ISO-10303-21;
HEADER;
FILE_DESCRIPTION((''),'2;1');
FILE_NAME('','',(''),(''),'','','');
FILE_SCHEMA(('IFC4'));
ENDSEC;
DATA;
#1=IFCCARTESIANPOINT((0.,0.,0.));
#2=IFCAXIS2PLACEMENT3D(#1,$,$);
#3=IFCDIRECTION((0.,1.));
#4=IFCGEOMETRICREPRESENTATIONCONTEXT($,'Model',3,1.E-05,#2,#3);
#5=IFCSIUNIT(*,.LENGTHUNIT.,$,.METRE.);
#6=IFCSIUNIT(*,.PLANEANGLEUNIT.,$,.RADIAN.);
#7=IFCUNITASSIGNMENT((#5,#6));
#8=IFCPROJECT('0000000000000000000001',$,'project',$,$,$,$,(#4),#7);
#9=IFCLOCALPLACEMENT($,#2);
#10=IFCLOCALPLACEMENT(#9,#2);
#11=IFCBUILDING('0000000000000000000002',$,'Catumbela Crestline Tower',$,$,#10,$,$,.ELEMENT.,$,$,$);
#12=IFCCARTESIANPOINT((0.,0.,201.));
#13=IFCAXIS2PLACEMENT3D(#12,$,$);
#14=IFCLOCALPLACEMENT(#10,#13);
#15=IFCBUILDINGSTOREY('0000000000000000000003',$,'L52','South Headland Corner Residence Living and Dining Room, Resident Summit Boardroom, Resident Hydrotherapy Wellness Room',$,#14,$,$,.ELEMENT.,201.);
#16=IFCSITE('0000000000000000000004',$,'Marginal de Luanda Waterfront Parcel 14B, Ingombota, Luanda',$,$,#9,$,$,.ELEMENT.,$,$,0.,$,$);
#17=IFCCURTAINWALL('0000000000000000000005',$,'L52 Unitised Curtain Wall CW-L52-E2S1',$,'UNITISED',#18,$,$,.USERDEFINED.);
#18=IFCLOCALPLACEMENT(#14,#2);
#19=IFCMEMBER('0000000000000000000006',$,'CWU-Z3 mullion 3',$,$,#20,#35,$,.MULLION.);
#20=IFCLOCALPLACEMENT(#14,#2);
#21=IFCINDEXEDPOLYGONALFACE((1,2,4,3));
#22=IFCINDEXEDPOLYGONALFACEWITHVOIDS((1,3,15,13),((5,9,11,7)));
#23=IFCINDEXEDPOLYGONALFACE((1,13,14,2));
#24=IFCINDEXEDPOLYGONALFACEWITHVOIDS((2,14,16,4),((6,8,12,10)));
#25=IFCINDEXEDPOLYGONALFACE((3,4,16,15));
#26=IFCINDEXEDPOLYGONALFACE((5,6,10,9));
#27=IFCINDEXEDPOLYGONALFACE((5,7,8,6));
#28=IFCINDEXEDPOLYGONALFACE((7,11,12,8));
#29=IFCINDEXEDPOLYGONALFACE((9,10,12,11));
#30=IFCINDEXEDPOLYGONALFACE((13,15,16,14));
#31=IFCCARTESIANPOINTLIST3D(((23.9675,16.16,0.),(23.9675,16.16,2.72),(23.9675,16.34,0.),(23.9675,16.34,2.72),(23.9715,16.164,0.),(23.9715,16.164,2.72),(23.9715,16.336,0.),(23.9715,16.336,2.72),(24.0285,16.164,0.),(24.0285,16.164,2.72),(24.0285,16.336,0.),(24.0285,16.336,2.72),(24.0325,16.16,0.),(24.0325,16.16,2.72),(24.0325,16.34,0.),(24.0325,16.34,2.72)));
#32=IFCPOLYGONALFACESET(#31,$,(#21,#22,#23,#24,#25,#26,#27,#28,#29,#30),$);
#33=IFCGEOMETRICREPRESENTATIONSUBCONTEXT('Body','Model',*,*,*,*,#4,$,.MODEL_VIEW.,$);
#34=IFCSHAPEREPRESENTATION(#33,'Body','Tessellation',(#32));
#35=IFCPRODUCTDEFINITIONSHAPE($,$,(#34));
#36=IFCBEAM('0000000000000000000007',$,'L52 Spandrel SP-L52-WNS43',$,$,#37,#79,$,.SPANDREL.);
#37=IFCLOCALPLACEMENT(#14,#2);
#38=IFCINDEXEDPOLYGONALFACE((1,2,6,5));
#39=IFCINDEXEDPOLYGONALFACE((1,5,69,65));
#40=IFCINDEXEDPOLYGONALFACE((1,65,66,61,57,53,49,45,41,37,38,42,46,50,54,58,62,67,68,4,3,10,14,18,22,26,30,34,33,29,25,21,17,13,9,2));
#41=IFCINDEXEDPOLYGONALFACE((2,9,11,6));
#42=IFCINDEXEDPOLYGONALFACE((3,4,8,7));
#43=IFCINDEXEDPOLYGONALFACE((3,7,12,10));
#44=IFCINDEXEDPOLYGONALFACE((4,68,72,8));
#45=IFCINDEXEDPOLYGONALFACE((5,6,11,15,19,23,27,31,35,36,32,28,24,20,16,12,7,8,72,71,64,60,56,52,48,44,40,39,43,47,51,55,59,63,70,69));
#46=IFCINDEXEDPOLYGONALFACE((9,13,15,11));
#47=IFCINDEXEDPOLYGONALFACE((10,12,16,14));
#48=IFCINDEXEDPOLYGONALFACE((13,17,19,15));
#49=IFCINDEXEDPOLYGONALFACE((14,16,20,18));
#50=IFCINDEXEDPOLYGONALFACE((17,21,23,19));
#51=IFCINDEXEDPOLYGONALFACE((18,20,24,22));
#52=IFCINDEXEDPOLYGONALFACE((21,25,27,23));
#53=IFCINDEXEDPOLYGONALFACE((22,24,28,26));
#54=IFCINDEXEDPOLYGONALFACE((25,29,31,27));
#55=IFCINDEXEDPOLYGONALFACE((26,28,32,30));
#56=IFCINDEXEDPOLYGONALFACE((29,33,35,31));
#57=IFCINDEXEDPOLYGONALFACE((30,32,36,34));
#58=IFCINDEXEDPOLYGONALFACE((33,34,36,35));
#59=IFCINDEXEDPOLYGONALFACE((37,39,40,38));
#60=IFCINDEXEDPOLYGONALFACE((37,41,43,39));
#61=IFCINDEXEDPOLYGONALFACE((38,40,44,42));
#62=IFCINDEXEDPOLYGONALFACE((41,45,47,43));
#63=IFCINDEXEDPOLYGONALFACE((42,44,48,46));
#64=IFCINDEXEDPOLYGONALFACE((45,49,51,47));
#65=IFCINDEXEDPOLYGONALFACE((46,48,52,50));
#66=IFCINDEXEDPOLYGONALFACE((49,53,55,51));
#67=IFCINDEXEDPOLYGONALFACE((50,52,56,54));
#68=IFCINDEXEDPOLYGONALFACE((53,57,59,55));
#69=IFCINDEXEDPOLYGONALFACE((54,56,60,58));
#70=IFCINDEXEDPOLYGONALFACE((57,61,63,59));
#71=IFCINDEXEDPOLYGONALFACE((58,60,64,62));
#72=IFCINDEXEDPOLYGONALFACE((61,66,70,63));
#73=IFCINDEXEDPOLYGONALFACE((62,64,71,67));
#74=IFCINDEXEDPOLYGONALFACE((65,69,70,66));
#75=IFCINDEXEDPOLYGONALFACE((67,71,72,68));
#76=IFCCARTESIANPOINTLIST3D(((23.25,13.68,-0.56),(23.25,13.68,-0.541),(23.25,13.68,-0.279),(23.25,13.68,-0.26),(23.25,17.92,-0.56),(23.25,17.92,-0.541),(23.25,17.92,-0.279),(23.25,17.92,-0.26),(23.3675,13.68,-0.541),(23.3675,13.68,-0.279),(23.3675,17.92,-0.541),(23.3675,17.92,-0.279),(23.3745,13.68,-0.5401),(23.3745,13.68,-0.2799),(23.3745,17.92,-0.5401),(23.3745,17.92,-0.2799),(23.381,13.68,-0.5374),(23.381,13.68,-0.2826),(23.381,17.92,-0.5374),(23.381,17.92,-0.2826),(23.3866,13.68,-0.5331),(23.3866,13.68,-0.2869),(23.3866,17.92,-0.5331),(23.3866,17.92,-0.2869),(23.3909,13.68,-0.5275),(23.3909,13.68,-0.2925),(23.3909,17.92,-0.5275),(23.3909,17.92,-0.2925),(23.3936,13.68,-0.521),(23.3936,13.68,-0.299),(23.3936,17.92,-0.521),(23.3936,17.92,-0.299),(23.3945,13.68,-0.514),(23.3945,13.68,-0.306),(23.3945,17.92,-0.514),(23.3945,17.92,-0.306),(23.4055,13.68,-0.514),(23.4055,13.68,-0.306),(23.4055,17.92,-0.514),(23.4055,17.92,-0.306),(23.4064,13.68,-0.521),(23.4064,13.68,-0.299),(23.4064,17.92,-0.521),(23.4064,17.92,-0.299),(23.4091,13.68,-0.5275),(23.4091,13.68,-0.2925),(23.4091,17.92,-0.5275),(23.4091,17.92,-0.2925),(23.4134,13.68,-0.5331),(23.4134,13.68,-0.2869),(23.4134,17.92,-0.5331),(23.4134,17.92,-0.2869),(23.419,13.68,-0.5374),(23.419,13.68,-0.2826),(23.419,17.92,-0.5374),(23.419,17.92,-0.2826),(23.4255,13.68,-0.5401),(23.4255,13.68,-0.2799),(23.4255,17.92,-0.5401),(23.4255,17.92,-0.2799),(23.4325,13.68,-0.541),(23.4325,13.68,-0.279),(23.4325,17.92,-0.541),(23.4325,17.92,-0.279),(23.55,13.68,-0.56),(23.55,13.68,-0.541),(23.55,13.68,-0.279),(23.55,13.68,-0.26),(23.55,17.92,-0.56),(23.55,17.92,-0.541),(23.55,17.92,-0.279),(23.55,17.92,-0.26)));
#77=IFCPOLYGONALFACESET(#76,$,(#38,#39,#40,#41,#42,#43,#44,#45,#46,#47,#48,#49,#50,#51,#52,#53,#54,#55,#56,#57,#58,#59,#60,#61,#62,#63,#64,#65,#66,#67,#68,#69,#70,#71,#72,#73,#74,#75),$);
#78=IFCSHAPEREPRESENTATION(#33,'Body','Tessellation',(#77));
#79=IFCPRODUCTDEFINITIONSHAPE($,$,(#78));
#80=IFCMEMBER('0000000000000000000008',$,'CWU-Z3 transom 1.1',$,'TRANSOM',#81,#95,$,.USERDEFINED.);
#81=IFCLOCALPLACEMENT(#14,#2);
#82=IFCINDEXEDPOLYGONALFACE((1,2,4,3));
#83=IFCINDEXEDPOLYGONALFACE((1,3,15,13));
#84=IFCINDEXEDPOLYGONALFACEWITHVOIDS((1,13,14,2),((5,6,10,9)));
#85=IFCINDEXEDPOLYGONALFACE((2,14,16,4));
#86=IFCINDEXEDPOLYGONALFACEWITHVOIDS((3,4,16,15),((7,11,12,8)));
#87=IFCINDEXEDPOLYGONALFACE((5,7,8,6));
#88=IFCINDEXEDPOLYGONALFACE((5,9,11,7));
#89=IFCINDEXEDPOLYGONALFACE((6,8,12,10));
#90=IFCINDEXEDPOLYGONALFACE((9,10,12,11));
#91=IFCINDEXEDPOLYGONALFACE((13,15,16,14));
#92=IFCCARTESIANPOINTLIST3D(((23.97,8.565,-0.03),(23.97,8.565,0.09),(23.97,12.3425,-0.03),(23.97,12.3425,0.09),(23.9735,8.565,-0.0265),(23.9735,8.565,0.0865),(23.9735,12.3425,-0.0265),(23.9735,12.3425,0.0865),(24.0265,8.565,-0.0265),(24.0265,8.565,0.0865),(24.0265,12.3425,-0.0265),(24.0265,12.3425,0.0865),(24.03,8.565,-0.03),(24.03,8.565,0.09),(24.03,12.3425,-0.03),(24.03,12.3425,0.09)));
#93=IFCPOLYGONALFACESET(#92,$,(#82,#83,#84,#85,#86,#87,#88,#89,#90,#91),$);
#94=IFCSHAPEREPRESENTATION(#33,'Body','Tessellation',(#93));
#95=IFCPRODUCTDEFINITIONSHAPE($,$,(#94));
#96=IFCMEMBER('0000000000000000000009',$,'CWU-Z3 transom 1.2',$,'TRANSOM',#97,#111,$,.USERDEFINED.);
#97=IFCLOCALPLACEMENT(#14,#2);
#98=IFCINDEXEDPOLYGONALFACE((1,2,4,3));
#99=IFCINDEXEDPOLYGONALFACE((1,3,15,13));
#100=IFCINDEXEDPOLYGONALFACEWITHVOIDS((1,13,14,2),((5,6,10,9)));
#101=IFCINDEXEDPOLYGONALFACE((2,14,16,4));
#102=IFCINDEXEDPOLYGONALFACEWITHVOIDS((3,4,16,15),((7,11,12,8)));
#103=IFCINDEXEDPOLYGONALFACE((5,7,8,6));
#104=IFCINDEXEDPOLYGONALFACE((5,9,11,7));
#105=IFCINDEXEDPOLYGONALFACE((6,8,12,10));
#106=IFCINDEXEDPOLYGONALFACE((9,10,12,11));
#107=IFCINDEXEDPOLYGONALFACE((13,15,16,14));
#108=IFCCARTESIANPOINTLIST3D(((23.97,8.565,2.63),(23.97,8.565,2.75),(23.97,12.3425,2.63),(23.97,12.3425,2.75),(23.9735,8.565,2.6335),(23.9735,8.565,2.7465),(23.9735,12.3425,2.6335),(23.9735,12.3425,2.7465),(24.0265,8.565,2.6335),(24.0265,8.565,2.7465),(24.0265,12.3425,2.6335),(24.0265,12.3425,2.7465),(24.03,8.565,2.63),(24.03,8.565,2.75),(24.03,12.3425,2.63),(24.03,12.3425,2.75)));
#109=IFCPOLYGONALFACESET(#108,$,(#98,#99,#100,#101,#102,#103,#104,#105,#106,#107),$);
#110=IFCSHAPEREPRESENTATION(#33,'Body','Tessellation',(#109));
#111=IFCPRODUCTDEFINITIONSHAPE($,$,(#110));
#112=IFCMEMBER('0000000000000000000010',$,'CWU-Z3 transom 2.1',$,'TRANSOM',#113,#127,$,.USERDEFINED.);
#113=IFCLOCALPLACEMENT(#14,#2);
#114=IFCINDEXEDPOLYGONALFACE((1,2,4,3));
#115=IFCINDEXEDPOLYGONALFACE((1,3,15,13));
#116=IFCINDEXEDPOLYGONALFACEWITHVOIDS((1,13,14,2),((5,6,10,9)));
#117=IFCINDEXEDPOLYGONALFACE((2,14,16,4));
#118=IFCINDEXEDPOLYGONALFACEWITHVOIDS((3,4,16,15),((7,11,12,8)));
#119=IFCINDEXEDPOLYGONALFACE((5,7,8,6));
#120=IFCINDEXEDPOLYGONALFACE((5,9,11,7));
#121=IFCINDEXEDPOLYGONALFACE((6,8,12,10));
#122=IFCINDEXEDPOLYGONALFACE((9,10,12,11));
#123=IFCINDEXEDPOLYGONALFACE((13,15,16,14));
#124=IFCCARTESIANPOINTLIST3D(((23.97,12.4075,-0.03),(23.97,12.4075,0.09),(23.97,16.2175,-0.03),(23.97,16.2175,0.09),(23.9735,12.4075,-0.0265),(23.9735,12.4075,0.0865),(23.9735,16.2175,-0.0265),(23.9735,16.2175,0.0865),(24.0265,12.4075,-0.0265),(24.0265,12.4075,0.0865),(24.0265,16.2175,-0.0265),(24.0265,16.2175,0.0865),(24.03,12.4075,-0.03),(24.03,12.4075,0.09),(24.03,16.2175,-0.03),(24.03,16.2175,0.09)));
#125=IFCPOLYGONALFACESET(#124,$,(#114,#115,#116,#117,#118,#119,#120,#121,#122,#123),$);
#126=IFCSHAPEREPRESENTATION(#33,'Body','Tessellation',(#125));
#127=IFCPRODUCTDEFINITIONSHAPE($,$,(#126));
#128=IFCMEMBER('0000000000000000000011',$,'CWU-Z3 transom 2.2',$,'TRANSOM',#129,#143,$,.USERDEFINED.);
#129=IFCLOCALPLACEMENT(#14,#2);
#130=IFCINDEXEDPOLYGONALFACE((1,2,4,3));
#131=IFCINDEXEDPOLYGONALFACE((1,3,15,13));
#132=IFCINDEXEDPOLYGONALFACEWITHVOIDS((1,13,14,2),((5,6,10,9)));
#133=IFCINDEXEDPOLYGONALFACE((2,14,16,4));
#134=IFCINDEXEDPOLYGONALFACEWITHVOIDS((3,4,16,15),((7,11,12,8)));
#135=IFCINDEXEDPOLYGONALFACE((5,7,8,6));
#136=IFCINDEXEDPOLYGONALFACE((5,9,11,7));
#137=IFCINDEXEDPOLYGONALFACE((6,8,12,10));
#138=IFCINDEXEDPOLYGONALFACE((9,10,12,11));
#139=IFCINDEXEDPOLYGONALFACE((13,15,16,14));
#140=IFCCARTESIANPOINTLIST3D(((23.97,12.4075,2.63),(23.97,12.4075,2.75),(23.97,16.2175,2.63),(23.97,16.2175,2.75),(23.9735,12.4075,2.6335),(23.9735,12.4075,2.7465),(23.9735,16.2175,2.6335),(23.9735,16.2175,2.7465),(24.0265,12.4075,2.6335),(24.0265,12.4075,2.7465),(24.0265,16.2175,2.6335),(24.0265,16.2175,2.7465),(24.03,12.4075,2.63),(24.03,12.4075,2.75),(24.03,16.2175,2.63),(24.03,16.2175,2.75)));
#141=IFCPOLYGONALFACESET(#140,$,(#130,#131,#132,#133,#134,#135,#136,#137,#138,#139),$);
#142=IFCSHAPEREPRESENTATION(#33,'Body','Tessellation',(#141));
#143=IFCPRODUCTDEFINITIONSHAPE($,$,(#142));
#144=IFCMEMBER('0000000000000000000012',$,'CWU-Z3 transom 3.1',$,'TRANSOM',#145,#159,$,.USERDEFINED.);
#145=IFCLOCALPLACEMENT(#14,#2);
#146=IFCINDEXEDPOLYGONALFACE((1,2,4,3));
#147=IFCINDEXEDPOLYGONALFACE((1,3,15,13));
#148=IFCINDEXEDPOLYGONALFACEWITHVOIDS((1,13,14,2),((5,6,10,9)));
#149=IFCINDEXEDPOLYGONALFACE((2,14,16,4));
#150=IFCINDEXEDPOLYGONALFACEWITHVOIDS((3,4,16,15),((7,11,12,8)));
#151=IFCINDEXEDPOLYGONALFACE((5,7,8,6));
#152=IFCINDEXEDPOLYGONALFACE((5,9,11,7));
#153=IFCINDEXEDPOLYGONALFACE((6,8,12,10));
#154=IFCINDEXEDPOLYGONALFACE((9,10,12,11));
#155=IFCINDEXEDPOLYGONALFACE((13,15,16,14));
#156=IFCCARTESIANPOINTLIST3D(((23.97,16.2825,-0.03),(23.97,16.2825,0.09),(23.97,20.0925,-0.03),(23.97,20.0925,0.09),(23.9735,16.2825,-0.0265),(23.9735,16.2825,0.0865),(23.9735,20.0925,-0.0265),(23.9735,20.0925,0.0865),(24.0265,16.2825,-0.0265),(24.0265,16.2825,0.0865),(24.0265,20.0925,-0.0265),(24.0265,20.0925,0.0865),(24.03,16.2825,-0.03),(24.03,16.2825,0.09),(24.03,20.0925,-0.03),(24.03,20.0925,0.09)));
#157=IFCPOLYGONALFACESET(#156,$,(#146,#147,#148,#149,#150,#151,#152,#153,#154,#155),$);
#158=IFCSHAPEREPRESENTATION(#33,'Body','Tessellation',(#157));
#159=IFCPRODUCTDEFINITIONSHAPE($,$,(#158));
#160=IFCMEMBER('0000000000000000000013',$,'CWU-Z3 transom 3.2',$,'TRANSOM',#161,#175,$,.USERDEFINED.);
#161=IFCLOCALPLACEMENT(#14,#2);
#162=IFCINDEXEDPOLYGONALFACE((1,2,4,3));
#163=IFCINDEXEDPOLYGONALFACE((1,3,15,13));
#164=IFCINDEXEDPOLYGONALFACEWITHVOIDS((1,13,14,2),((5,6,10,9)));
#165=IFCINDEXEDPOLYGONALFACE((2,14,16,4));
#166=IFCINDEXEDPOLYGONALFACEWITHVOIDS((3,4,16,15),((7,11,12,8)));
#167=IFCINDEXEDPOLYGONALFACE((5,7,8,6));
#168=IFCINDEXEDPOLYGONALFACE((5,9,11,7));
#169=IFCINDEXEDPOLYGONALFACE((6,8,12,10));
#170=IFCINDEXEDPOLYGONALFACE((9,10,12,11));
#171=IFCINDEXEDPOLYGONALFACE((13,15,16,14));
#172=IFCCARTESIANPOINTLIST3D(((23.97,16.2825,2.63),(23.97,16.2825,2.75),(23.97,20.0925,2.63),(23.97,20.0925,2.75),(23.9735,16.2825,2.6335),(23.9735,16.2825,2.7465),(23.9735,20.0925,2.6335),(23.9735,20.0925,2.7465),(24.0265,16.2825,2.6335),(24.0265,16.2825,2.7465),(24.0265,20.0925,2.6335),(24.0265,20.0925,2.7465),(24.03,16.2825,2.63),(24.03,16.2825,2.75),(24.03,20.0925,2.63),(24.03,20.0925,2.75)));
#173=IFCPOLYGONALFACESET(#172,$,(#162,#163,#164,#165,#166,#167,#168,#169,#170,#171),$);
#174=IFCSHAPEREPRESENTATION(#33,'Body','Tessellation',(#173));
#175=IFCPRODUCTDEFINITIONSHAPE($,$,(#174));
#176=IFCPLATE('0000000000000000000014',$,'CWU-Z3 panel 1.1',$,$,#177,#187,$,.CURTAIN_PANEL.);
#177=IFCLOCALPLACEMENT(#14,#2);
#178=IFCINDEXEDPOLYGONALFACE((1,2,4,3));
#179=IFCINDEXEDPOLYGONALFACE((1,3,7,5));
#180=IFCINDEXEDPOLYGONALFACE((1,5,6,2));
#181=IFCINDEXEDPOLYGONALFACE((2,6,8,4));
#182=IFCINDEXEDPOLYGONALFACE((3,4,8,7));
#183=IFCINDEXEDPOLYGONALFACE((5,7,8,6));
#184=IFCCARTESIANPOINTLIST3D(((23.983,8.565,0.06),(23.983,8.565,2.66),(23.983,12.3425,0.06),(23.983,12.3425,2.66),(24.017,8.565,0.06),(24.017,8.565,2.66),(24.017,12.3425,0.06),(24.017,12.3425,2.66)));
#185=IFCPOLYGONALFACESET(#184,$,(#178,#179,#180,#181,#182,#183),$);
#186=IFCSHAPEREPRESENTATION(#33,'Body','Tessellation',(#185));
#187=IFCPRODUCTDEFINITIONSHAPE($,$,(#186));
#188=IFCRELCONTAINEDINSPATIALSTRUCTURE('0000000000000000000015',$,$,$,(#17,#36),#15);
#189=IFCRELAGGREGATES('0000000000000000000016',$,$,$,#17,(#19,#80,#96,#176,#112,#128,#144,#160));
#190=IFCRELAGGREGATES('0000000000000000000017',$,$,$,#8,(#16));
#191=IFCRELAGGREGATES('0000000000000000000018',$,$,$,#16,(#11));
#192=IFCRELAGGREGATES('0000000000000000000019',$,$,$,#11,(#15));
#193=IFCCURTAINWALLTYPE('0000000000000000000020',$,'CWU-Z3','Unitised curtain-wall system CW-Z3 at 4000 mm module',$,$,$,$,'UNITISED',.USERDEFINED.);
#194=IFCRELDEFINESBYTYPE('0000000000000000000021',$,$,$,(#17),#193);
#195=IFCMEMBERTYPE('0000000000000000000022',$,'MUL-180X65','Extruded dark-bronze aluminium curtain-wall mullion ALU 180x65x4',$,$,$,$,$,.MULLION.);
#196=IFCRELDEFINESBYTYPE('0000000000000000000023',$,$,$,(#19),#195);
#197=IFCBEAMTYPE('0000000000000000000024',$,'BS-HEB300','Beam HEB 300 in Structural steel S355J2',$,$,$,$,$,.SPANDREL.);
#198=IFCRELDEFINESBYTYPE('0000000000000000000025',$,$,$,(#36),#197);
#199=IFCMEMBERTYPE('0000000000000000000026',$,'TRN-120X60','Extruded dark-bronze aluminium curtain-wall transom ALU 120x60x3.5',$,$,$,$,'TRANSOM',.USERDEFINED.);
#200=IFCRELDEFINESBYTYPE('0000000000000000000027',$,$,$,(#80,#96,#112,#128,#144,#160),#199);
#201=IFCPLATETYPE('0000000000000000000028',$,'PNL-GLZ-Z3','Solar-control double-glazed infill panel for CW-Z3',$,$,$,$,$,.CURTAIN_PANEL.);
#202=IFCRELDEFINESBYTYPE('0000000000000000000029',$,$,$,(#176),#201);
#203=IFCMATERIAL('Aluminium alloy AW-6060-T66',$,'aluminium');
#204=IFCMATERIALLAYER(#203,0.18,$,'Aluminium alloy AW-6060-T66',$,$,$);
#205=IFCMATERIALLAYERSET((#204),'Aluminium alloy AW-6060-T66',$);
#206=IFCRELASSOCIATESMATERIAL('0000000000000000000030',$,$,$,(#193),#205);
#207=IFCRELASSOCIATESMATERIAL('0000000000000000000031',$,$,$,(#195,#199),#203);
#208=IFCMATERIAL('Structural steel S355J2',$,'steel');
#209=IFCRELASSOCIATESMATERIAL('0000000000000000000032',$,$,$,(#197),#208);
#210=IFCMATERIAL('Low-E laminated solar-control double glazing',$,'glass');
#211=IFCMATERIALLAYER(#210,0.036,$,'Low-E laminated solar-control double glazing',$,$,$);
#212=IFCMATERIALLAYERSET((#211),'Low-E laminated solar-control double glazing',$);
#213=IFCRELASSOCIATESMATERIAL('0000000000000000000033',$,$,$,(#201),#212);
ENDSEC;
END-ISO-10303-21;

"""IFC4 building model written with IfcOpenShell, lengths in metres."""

from ifc_helpers import new_model, si_unit, direction, frame, origin, origin_2d, place, context, subcontext, project, spatial, rectangle, hollow_rectangle, i_section, extrude, material, layer, layer_set, material_profile, profile_set, type_object, element, aggregate, save


model = new_model("IFC4")

# Units and contexts
model_context = context("Model", 3, precision=1e-05, world=origin(), true_north=direction((0.0, 1.0)))
body_context = subcontext(model_context, "Body", "Model", "MODEL_VIEW")
ifc_project = project(units=[si_unit("LENGTHUNIT", "METRE"), si_unit("PLANEANGLEUNIT", "RADIAN")], contexts=[model_context])

# Site, building, storey
site_placement = place(None, origin())
site = spatial("IfcSite", under=ifc_project, at=site_placement, Name="Marginal de Luanda Waterfront Parcel 14B, Ingombota, Luanda", CompositionType="ELEMENT", RefElevation=0.0)
building_placement = place(site_placement, origin())
building = spatial("IfcBuilding", under=site, at=building_placement, Name="Catumbela Crestline Tower", CompositionType="ELEMENT")
storey_placement = place(building_placement, frame((0.0, 0.0, 201.0)))
storey = spatial("IfcBuildingStorey", under=building, at=storey_placement, Name="L52", Description="South Headland Corner Residence Living and Dining Room, Resident Summit Boardroom, Resident Hydrotherapy Wellness Room", CompositionType="ELEMENT", Elevation=201.0)

# Shared definitions
ifc_material_1 = material(Name="Structural steel S355J2", Category="steel")

# Shared definitions
ifc_material_2 = material(Name="Aluminium alloy AW-6060-T66", Category="aluminium")
ifc_layer_1 = layer(ifc_material_2, 0.18, Name="Aluminium alloy AW-6060-T66")
ifc_layer_set_1 = layer_set([ifc_layer_1], Name="Aluminium alloy AW-6060-T66")
curtain_wall_type = type_object("IfcCurtainWallType", Name="CWU-Z3", Description="Unitised curtain-wall system CW-Z3 at 4000 mm module", ElementType="UNITISED", PredefinedType="USERDEFINED", material=ifc_layer_set_1)
ifc_material_profile_1 = material_profile(ifc_material_2, hollow_rectangle(XDim=0.065, YDim=0.18, WallThickness=0.004, at=origin_2d()), Name="ALU 180x65x4")
ifc_profile_set_1 = profile_set([ifc_material_profile_1], Name="Aluminium alloy AW-6060-T66")
member_type_1 = type_object("IfcMemberType", Name="MUL-180X65", Description="Extruded dark-bronze aluminium curtain-wall mullion ALU 180x65x4", PredefinedType="MULLION", material=ifc_profile_set_1)

# Curtain wall, member
curtain_wall_1_placement = place(storey_placement, origin())
curtain_wall_1 = element("IfcCurtainWall", 1, at=curtain_wall_1_placement, inside=storey, type_object=curtain_wall_type, Name="L52 Unitised Curtain Wall CW-L52-E2S1", ObjectType="UNITISED", PredefinedType="USERDEFINED")
member_1_placement = place(storey_placement, frame((24.0, 16.25, 0.0), z_axis=(0.0, 0.0, 1.0), x_axis=(-1.0, 0.0, 0.0)))
member_1 = element("IfcMember", 2, at=member_1_placement, type_object=member_type_1, Name="CWU-Z3 mullion 3", PredefinedType="MULLION", context=body_context, shape_type="SweptSolid", body=[
    extrude(hollow_rectangle(XDim=0.065, YDim=0.18, WallThickness=0.004, at=origin_2d()), origin(), (0.0, 0.0, 1.0), 2.72),
])

# Beam
ifc_material_profile_2 = material_profile(ifc_material_1, i_section(OverallWidth=0.3, OverallDepth=0.3, WebThickness=0.011, FlangeThickness=0.019, FilletRadius=0.027, at=origin_2d()), Name="HEB 300")
ifc_profile_set_2 = profile_set([ifc_material_profile_2], Name="Structural steel S355J2")
beam_type_1 = type_object("IfcBeamType", Name="BS-HEB300", Description="Beam HEB 300 in Structural steel S355J2", PredefinedType="SPANDREL", material=ifc_profile_set_2)
beam_1_placement = place(storey_placement, frame((23.4, 13.68, -0.41), z_axis=(0.0, 1.0, 0.0), x_axis=(-1.0, 0.0, 0.0)))
element("IfcBeam", 3, at=beam_1_placement, inside=storey, type_object=beam_type_1, Name="L52 Spandrel SP-L52-WNS43", PredefinedType="SPANDREL", context=body_context, shape_type="SweptSolid", body=[
    extrude(i_section(OverallWidth=0.3, OverallDepth=0.3, WebThickness=0.011, FlangeThickness=0.019, FilletRadius=0.027, at=origin_2d()), origin(), (0.0, 0.0, 1.0), 4.24),
])

# Members
ifc_material_profile_3 = material_profile(ifc_material_2, hollow_rectangle(XDim=0.06, YDim=0.12, WallThickness=0.0035, at=origin_2d()), Name="ALU 120x60x3.5")
ifc_profile_set_3 = profile_set([ifc_material_profile_3], Name="Aluminium alloy AW-6060-T66")
member_type_2 = type_object("IfcMemberType", Name="TRN-120X60", Description="Extruded dark-bronze aluminium curtain-wall transom ALU 120x60x3.5", ElementType="TRANSOM", PredefinedType="USERDEFINED", material=ifc_profile_set_3)
member_2_placement = place(storey_placement, frame((24.0, 8.565, 0.03), z_axis=(0.0, 1.0, 0.0), x_axis=(-1.0, 0.0, 0.0)))
member_2 = element("IfcMember", 4, at=member_2_placement, type_object=member_type_2, Name="CWU-Z3 transom 1.1", ObjectType="TRANSOM", PredefinedType="USERDEFINED", context=body_context, shape_type="SweptSolid", body=[
    extrude(hollow_rectangle(XDim=0.06, YDim=0.12, WallThickness=0.0035, at=origin_2d()), origin(), (0.0, 0.0, 1.0), 3.7775),
])
member_3_placement = place(storey_placement, frame((24.0, 8.565, 2.69), z_axis=(0.0, 1.0, 0.0), x_axis=(-1.0, 0.0, 0.0)))
member_3 = element("IfcMember", 5, at=member_3_placement, type_object=member_type_2, Name="CWU-Z3 transom 1.2", ObjectType="TRANSOM", PredefinedType="USERDEFINED", context=body_context, shape_type="SweptSolid", body=[
    extrude(hollow_rectangle(XDim=0.06, YDim=0.12, WallThickness=0.0035, at=origin_2d()), origin(), (0.0, 0.0, 1.0), 3.7775),
])
member_4_placement = place(storey_placement, frame((24.0, 12.4075, 0.03), z_axis=(0.0, 1.0, 0.0), x_axis=(-1.0, 0.0, 0.0)))
member_4 = element("IfcMember", 6, at=member_4_placement, type_object=member_type_2, Name="CWU-Z3 transom 2.1", ObjectType="TRANSOM", PredefinedType="USERDEFINED", context=body_context, shape_type="SweptSolid", body=[
    extrude(hollow_rectangle(XDim=0.06, YDim=0.12, WallThickness=0.0035, at=origin_2d()), origin(), (0.0, 0.0, 1.0), 3.81),
])
member_5_placement = place(storey_placement, frame((24.0, 12.4075, 2.69), z_axis=(0.0, 1.0, 0.0), x_axis=(-1.0, 0.0, 0.0)))
member_5 = element("IfcMember", 7, at=member_5_placement, type_object=member_type_2, Name="CWU-Z3 transom 2.2", ObjectType="TRANSOM", PredefinedType="USERDEFINED", context=body_context, shape_type="SweptSolid", body=[
    extrude(hollow_rectangle(XDim=0.06, YDim=0.12, WallThickness=0.0035, at=origin_2d()), origin(), (0.0, 0.0, 1.0), 3.81),
])
member_6_placement = place(storey_placement, frame((24.0, 16.2825, 0.03), z_axis=(0.0, 1.0, 0.0), x_axis=(-1.0, 0.0, 0.0)))
member_6 = element("IfcMember", 8, at=member_6_placement, type_object=member_type_2, Name="CWU-Z3 transom 3.1", ObjectType="TRANSOM", PredefinedType="USERDEFINED", context=body_context, shape_type="SweptSolid", body=[
    extrude(hollow_rectangle(XDim=0.06, YDim=0.12, WallThickness=0.0035, at=origin_2d()), origin(), (0.0, 0.0, 1.0), 3.81),
])
member_7_placement = place(storey_placement, frame((24.0, 16.2825, 2.69), z_axis=(0.0, 1.0, 0.0), x_axis=(-1.0, 0.0, 0.0)))
member_7 = element("IfcMember", 9, at=member_7_placement, type_object=member_type_2, Name="CWU-Z3 transom 3.2", ObjectType="TRANSOM", PredefinedType="USERDEFINED", context=body_context, shape_type="SweptSolid", body=[
    extrude(hollow_rectangle(XDim=0.06, YDim=0.12, WallThickness=0.0035, at=origin_2d()), origin(), (0.0, 0.0, 1.0), 3.81),
])

# Plate
ifc_material_3 = material(Name="Low-E laminated solar-control double glazing", Category="glass")
ifc_layer_2 = layer(ifc_material_3, 0.036, Name="Low-E laminated solar-control double glazing")
ifc_layer_set_2 = layer_set([ifc_layer_2], Name="Low-E laminated solar-control double glazing")
plate_type = type_object("IfcPlateType", Name="PNL-GLZ-Z3", Description="Solar-control double-glazed infill panel for CW-Z3", PredefinedType="CURTAIN_PANEL", material=ifc_layer_set_2)
plate_1_placement = place(storey_placement, frame((24.0, 10.4538, 0.06), z_axis=(0.0, 0.0, 1.0), x_axis=(0.0, 1.0, 0.0)))
plate_1 = element("IfcPlate", 10, at=plate_1_placement, type_object=plate_type, Name="CWU-Z3 panel 1.1", PredefinedType="CURTAIN_PANEL", context=body_context, shape_type="SweptSolid", body=[
    extrude(rectangle(XDim=3.7775, YDim=0.034, at=origin_2d()), origin(), (0.0, 0.0, 1.0), 2.6),
])
aggregate(curtain_wall_1, [member_1, member_2, member_3, plate_1, member_4, member_5, member_6, member_7])

save(model, "model.ifc")
